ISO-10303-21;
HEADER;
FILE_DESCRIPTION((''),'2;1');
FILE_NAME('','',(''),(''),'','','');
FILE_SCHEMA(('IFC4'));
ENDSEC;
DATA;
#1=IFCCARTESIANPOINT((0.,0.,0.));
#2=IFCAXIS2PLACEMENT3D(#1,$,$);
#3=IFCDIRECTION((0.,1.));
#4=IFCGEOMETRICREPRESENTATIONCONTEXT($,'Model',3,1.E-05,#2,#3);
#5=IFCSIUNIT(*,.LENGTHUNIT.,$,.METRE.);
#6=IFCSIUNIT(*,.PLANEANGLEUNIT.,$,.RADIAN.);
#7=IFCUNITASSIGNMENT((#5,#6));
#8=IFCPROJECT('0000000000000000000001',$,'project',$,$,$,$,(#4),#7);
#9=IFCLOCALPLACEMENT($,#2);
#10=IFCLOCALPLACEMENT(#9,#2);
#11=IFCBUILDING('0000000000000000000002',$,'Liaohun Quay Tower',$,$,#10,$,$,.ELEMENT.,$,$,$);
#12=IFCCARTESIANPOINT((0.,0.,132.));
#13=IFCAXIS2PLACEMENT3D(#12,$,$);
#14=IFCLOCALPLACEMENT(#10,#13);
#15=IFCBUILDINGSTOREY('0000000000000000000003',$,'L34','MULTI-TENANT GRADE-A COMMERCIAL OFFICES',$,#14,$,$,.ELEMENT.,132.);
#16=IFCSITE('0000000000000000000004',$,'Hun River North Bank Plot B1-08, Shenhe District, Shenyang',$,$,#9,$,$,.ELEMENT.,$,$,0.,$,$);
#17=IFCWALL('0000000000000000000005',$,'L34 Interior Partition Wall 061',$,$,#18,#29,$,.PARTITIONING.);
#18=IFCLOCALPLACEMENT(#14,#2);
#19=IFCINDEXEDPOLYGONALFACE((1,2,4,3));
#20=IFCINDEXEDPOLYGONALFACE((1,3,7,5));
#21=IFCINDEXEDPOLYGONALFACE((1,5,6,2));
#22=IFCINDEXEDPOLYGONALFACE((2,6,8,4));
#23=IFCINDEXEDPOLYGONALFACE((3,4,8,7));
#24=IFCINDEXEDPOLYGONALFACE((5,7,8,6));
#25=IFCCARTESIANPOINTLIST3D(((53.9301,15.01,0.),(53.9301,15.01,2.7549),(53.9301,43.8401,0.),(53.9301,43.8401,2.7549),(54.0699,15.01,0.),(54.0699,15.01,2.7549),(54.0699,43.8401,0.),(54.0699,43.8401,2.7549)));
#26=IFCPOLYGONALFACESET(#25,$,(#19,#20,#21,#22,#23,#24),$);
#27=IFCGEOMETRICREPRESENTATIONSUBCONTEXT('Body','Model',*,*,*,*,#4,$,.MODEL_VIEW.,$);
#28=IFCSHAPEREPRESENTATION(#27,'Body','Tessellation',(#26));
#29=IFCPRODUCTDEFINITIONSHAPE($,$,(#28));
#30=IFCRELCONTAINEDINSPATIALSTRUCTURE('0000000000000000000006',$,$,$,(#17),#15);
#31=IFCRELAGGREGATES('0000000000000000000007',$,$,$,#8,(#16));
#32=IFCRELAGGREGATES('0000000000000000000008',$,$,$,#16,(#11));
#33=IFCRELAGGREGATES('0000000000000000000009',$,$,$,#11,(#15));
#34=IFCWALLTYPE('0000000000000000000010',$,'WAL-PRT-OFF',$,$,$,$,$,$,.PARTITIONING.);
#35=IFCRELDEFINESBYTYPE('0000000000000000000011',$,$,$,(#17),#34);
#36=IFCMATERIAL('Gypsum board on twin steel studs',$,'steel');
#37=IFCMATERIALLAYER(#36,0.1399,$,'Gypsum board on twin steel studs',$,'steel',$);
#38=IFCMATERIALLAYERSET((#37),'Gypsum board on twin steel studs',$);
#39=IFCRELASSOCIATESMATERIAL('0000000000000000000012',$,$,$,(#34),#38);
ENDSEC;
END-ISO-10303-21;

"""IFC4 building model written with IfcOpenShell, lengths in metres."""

from ifc_helpers import new_model, si_unit, direction, frame, frame_2d, origin, place, context, subcontext, project, spatial, rectangle, extrude, material, layer, layer_set, type_object, element, save


model = new_model("IFC4")

# Units and contexts
model_context = context("Model", 3, precision=1e-05, world=origin(), true_north=direction((0.0, 1.0)))
body_context = subcontext(model_context, "Body", "Model", "MODEL_VIEW")
ifc_project = project(units=[si_unit("LENGTHUNIT", "METRE"), si_unit("PLANEANGLEUNIT", "RADIAN")], contexts=[model_context])

# Site, building, storey
site_placement = place(None, origin())
site = spatial("IfcSite", under=ifc_project, at=site_placement, Name="Hun River North Bank Plot B1-08, Shenhe District, Shenyang", CompositionType="ELEMENT", RefElevation=0.0)
building_placement = place(site_placement, origin())
building = spatial("IfcBuilding", under=site, at=building_placement, Name="Liaohun Quay Tower", CompositionType="ELEMENT")
storey_placement = place(building_placement, frame((0.0, 0.0, 132.0)))
storey = spatial("IfcBuildingStorey", under=building, at=storey_placement, Name="L34", Description="MULTI-TENANT GRADE-A COMMERCIAL OFFICES", CompositionType="ELEMENT", Elevation=132.0)

# Wall
ifc_material_1 = material(Name="Gypsum board on twin steel studs", Category="steel")
ifc_layer_1 = layer(ifc_material_1, 0.1399, Name="Gypsum board on twin steel studs", Category="steel")
ifc_layer_set_1 = layer_set([ifc_layer_1], Name="Gypsum board on twin steel studs")
wall_type_1 = type_object("IfcWallType", Name="WAL-PRT-OFF", PredefinedType="PARTITIONING", material=ifc_layer_set_1)
wall_1_placement = place(storey_placement, frame((54.0, 43.8401, 0.0), z_axis=(0.0, 0.0, 1.0), x_axis=(0.0, -1.0, 0.0)))
element("IfcWall", 1, at=wall_1_placement, inside=storey, type_object=wall_type_1, Name="L34 Interior Partition Wall 061", PredefinedType="PARTITIONING", context=body_context, shape_type="SweptSolid", body=[
    extrude(rectangle(XDim=28.8301, YDim=0.1399, at=frame_2d((14.415, 0.0))), origin(), (0.0, 0.0, 1.0), 2.7549),
])

save(model, "model.ifc")
